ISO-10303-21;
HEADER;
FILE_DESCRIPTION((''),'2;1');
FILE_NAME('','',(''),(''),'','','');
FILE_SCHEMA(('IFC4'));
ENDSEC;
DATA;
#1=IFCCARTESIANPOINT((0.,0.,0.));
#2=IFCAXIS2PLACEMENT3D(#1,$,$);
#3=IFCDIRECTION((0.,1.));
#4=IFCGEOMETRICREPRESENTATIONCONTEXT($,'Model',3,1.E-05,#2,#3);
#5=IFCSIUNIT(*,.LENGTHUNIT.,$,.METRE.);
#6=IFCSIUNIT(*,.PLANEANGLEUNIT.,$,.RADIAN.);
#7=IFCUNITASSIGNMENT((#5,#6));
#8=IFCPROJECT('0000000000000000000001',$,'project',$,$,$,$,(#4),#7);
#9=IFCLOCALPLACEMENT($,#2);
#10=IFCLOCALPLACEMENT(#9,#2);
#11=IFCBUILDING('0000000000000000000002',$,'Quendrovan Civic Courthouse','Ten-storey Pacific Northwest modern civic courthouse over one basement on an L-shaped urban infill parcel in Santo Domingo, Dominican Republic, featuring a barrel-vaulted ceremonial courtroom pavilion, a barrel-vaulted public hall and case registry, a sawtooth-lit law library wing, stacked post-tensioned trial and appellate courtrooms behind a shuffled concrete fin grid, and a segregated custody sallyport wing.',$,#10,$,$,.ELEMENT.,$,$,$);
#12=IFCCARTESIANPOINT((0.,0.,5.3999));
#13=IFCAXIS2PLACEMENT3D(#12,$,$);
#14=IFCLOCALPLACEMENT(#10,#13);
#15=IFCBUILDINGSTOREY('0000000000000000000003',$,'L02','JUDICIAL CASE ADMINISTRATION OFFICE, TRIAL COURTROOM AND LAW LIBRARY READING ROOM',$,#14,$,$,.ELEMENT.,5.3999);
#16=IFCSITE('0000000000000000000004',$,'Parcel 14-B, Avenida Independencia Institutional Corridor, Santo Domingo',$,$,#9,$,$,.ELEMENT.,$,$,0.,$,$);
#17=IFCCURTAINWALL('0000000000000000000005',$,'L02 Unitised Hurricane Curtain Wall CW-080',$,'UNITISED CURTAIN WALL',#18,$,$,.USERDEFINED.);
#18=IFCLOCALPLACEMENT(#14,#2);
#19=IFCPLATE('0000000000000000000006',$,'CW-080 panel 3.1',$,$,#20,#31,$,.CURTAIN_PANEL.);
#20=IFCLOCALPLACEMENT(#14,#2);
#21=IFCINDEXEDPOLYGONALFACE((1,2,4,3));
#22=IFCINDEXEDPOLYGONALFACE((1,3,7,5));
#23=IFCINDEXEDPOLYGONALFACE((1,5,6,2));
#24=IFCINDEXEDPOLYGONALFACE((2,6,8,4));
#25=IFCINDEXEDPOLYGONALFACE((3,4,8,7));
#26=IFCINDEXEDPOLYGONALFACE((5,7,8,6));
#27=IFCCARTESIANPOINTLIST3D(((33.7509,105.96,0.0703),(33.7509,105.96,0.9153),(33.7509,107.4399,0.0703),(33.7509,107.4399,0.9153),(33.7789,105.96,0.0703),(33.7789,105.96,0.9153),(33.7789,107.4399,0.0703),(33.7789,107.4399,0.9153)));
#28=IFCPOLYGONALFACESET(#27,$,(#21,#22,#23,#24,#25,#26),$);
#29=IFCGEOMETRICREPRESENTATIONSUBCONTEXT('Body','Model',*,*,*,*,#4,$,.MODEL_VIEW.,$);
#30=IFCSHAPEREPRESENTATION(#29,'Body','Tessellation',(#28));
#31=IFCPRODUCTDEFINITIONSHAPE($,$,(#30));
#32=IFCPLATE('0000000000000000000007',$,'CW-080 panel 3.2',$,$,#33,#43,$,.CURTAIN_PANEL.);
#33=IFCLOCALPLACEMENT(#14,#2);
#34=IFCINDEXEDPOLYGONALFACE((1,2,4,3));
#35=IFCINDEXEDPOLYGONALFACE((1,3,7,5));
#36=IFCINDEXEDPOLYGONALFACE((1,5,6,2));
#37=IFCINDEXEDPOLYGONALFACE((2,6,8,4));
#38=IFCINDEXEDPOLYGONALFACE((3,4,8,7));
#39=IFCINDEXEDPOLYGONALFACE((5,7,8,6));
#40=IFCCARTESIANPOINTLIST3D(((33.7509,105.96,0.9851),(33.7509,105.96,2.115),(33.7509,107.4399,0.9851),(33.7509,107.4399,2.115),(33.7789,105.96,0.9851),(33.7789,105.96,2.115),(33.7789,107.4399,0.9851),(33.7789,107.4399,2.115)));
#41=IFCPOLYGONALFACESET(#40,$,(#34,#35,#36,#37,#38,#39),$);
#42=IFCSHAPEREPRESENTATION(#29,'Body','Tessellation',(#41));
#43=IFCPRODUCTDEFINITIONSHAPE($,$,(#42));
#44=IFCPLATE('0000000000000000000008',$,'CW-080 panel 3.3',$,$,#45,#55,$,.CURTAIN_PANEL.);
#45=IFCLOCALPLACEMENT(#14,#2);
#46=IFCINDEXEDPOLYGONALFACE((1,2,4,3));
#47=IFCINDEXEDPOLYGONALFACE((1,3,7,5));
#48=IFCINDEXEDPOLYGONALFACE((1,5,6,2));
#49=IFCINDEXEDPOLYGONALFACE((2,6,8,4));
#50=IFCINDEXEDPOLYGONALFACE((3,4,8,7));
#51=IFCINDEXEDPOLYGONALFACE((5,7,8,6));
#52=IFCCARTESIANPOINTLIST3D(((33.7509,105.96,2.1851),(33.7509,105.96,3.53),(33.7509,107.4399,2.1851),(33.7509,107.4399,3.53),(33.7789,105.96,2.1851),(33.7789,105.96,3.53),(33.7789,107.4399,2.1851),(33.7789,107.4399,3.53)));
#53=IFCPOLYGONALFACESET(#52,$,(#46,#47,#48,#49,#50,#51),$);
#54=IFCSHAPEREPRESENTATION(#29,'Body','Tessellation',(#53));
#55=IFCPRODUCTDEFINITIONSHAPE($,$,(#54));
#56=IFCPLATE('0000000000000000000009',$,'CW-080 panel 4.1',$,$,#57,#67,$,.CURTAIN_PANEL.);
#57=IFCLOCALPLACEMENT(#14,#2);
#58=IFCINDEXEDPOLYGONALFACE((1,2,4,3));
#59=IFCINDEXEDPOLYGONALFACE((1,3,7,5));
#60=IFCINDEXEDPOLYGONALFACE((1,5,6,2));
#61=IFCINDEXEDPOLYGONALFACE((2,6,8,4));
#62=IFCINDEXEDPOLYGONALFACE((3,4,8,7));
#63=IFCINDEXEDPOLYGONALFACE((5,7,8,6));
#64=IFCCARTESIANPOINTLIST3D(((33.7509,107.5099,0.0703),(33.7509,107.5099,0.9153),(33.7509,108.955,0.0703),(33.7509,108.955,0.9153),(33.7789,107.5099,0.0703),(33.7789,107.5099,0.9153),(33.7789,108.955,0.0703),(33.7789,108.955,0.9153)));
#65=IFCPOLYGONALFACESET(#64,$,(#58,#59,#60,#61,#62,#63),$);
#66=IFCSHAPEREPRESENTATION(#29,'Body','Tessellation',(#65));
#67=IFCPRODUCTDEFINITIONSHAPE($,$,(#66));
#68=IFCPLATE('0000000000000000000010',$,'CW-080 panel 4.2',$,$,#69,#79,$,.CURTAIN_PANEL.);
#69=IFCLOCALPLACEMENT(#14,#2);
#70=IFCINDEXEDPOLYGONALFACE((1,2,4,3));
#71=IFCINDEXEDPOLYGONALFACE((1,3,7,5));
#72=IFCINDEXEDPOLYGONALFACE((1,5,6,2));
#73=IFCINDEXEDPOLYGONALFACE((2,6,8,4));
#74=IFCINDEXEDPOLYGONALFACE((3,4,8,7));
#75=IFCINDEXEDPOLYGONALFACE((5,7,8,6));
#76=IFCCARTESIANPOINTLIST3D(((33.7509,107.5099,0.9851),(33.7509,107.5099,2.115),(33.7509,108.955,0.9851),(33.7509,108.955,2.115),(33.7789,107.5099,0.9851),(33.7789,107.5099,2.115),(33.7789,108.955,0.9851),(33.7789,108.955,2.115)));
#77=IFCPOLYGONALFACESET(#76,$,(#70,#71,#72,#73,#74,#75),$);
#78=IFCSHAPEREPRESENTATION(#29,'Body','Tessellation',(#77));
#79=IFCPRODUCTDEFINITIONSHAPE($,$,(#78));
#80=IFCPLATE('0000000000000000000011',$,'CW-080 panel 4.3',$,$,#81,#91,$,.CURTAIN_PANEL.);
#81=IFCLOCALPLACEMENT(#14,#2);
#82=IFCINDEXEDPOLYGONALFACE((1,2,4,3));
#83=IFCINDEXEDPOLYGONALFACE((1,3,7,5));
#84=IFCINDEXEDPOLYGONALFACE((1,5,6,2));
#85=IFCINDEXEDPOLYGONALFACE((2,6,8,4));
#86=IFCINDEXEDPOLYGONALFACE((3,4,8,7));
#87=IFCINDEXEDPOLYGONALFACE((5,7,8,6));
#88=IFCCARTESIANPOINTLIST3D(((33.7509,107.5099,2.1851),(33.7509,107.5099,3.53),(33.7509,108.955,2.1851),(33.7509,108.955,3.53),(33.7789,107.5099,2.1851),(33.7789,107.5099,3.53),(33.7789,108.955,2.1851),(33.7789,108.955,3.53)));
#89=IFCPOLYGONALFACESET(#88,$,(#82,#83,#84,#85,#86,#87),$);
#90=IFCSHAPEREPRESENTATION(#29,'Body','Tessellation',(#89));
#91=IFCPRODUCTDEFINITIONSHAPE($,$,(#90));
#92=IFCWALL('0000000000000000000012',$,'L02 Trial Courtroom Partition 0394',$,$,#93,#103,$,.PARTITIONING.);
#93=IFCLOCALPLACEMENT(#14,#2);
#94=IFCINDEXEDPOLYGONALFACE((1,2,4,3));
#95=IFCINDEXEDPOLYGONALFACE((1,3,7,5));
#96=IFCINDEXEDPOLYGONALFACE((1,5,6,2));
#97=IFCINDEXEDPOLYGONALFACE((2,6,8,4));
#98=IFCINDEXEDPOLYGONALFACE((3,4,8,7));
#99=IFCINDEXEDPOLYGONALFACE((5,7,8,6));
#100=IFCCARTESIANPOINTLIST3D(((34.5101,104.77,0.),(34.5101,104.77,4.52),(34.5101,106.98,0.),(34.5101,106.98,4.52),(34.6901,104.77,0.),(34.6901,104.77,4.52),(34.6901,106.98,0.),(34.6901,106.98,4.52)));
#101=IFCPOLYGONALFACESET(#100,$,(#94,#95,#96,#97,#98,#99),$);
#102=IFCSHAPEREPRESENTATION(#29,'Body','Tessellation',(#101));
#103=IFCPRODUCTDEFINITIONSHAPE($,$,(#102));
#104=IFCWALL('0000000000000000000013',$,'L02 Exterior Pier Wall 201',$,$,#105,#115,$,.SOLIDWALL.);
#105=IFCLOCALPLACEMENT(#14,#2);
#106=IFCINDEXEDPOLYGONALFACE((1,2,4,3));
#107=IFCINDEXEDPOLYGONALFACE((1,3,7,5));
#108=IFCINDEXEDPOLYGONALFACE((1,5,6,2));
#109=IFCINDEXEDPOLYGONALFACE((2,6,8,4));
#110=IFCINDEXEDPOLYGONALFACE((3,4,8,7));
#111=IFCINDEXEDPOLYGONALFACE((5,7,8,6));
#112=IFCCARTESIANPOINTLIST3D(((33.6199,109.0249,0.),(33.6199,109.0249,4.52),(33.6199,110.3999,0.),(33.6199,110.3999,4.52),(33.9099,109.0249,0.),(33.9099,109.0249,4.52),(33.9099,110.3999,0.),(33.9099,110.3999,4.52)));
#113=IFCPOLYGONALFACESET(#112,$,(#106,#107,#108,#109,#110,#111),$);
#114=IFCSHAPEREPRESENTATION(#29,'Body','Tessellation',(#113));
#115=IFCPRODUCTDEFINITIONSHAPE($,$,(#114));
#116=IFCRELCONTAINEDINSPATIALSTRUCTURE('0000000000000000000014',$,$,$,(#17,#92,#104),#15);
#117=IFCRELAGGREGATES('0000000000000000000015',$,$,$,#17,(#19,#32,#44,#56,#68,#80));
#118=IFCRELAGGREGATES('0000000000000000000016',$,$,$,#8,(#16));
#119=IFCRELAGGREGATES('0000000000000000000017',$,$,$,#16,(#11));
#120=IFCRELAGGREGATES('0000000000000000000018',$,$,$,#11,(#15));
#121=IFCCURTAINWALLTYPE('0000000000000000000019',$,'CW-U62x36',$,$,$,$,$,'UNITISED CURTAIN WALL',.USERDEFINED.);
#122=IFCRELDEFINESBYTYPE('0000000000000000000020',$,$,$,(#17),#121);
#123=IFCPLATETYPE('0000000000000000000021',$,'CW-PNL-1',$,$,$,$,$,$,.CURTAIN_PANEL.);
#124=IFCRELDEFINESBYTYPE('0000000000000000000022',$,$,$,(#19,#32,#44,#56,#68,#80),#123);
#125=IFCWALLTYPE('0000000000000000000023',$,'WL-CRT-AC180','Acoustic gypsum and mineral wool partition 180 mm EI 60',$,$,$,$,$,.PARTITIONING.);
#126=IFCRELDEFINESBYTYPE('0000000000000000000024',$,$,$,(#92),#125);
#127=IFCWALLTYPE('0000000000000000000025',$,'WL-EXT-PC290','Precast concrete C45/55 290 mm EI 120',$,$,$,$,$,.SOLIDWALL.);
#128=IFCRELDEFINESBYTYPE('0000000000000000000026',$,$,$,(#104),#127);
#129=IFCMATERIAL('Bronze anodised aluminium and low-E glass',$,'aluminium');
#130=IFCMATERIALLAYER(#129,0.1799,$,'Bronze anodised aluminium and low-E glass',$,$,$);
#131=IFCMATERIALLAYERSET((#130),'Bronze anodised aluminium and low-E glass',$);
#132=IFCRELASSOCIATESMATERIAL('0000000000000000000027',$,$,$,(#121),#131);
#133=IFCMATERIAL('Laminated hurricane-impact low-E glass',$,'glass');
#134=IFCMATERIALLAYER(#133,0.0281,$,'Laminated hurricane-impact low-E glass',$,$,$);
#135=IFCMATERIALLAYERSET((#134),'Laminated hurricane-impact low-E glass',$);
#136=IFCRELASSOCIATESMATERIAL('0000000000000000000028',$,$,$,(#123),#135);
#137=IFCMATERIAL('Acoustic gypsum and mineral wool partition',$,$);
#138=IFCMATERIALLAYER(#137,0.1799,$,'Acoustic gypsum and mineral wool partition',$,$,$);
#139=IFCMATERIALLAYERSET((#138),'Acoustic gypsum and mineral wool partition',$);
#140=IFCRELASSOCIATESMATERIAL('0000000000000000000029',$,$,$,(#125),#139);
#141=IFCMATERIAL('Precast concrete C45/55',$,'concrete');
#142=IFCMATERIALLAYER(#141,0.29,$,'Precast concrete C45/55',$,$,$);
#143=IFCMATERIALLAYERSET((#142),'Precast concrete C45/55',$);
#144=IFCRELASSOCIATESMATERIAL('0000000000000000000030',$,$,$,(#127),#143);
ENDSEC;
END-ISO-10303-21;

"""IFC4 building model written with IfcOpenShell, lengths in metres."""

from ifc_helpers import new_model, si_unit, direction, frame, frame_2d, origin, origin_2d, place, context, subcontext, project, spatial, rectangle, extrude, material, layer, layer_set, type_object, element, aggregate, save


model = new_model("IFC4")

# Units and contexts
model_context = context("Model", 3, precision=1e-05, world=origin(), true_north=direction((0.0, 1.0)))
body_context = subcontext(model_context, "Body", "Model", "MODEL_VIEW")
ifc_project = project(units=[si_unit("LENGTHUNIT", "METRE"), si_unit("PLANEANGLEUNIT", "RADIAN")], contexts=[model_context])

# Site, building, storey
site_placement = place(None, origin())
site = spatial("IfcSite", under=ifc_project, at=site_placement, Name="Parcel 14-B, Avenida Independencia Institutional Corridor, Santo Domingo", CompositionType="ELEMENT", RefElevation=0.0)
building_placement = place(site_placement, origin())
building = spatial("IfcBuilding", under=site, at=building_placement, Name="Quendrovan Civic Courthouse", Description="Ten-storey Pacific Northwest modern civic courthouse over one basement on an L-shaped urban infill parcel in Santo Domingo, Dominican Republic, featuring a barrel-vaulted ceremonial courtroom pavilion, a barrel-vaulted public hall and case registry, a sawtooth-lit law library wing, stacked post-tensioned trial and appellate courtrooms behind a shuffled concrete fin grid, and a segregated custody sallyport wing.", CompositionType="ELEMENT")
storey_placement = place(building_placement, frame((0.0, 0.0, 5.3999)))
storey = spatial("IfcBuildingStorey", under=building, at=storey_placement, Name="L02", Description="JUDICIAL CASE ADMINISTRATION OFFICE, TRIAL COURTROOM AND LAW LIBRARY READING ROOM", CompositionType="ELEMENT", Elevation=5.3999)

# Curtain wall, plates
ifc_material_1 = material(Name="Bronze anodised aluminium and low-E glass", Category="aluminium")
ifc_layer_1 = layer(ifc_material_1, 0.1799, Name="Bronze anodised aluminium and low-E glass")
ifc_layer_set_1 = layer_set([ifc_layer_1], Name="Bronze anodised aluminium and low-E glass")
curtain_wall_type = type_object("IfcCurtainWallType", Name="CW-U62x36", ElementType="UNITISED CURTAIN WALL", PredefinedType="USERDEFINED", material=ifc_layer_set_1)
curtain_wall_placement = place(storey_placement, origin())
curtain_wall = element("IfcCurtainWall", 1, at=curtain_wall_placement, inside=storey, type_object=curtain_wall_type, Name="L02 Unitised Hurricane Curtain Wall CW-080", ObjectType="UNITISED CURTAIN WALL", PredefinedType="USERDEFINED")
ifc_material_2 = material(Name="Laminated hurricane-impact low-E glass", Category="glass")
ifc_layer_2 = layer(ifc_material_2, 0.0281, Name="Laminated hurricane-impact low-E glass")
ifc_layer_set_2 = layer_set([ifc_layer_2], Name="Laminated hurricane-impact low-E glass")
plate_type = type_object("IfcPlateType", Name="CW-PNL-1", PredefinedType="CURTAIN_PANEL", material=ifc_layer_set_2)
plate_1_placement = place(storey_placement, frame((33.7649, 106.7, 0.0703), z_axis=(0.0, 0.0, 1.0), x_axis=(0.0, 1.0, 0.0)))
plate_1 = element("IfcPlate", 2, at=plate_1_placement, type_object=plate_type, Name="CW-080 panel 3.1", PredefinedType="CURTAIN_PANEL", context=body_context, shape_type="SweptSolid", body=[
    extrude(rectangle(XDim=1.48, YDim=0.0281, at=origin_2d()), origin(), (0.0, 0.0, 1.0), 0.845),
])
plate_2_placement = place(storey_placement, frame((33.7649, 106.7, 0.9851), z_axis=(0.0, 0.0, 1.0), x_axis=(0.0, 1.0, 0.0)))
plate_2 = element("IfcPlate", 3, at=plate_2_placement, type_object=plate_type, Name="CW-080 panel 3.2", PredefinedType="CURTAIN_PANEL", context=body_context, shape_type="SweptSolid", body=[
    extrude(rectangle(XDim=1.48, YDim=0.0281, at=origin_2d()), origin(), (0.0, 0.0, 1.0), 1.1299),
])
plate_3_placement = place(storey_placement, frame((33.7649, 106.7, 2.1851), z_axis=(0.0, 0.0, 1.0), x_axis=(0.0, 1.0, 0.0)))
plate_3 = element("IfcPlate", 4, at=plate_3_placement, type_object=plate_type, Name="CW-080 panel 3.3", PredefinedType="CURTAIN_PANEL", context=body_context, shape_type="SweptSolid", body=[
    extrude(rectangle(XDim=1.48, YDim=0.0281, at=origin_2d()), origin(), (0.0, 0.0, 1.0), 1.345),
])
plate_4_placement = place(storey_placement, frame((33.7649, 108.2324, 0.0703), z_axis=(0.0, 0.0, 1.0), x_axis=(0.0, 1.0, 0.0)))
plate_4 = element("IfcPlate", 5, at=plate_4_placement, type_object=plate_type, Name="CW-080 panel 4.1", PredefinedType="CURTAIN_PANEL", context=body_context, shape_type="SweptSolid", body=[
    extrude(rectangle(XDim=1.4451, YDim=0.0281, at=origin_2d()), origin(), (0.0, 0.0, 1.0), 0.845),
])
plate_5_placement = place(storey_placement, frame((33.7649, 108.2324, 0.9851), z_axis=(0.0, 0.0, 1.0), x_axis=(0.0, 1.0, 0.0)))
plate_5 = element("IfcPlate", 6, at=plate_5_placement, type_object=plate_type, Name="CW-080 panel 4.2", PredefinedType="CURTAIN_PANEL", context=body_context, shape_type="SweptSolid", body=[
    extrude(rectangle(XDim=1.4451, YDim=0.0281, at=origin_2d()), origin(), (0.0, 0.0, 1.0), 1.1299),
])
plate_6_placement = place(storey_placement, frame((33.7649, 108.2324, 2.1851), z_axis=(0.0, 0.0, 1.0), x_axis=(0.0, 1.0, 0.0)))
plate_6 = element("IfcPlate", 7, at=plate_6_placement, type_object=plate_type, Name="CW-080 panel 4.3", PredefinedType="CURTAIN_PANEL", context=body_context, shape_type="SweptSolid", body=[
    extrude(rectangle(XDim=1.4451, YDim=0.0281, at=origin_2d()), origin(), (0.0, 0.0, 1.0), 1.345),
])
aggregate(curtain_wall, [plate_1, plate_2, plate_3, plate_4, plate_5, plate_6])

# Walls
ifc_material_3 = material(Name="Acoustic gypsum and mineral wool partition")
ifc_layer_3 = layer(ifc_material_3, 0.1799, Name="Acoustic gypsum and mineral wool partition")
ifc_layer_set_3 = layer_set([ifc_layer_3], Name="Acoustic gypsum and mineral wool partition")
wall_type_1 = type_object("IfcWallType", Name="WL-CRT-AC180", Description="Acoustic gypsum and mineral wool partition 180 mm EI 60", PredefinedType="PARTITIONING", material=ifc_layer_set_3)
wall_1_placement = place(storey_placement, frame((34.6001, 106.98, 0.0), z_axis=(0.0, 0.0, 1.0), x_axis=(0.0, -1.0, 0.0)))
element("IfcWall", 8, at=wall_1_placement, inside=storey, type_object=wall_type_1, Name="L02 Trial Courtroom Partition 0394", PredefinedType="PARTITIONING", context=body_context, shape_type="SweptSolid", body=[
    extrude(rectangle(XDim=2.21, YDim=0.1799, at=frame_2d((1.105, 0.0))), origin(), (0.0, 0.0, 1.0), 4.52),
])
ifc_material_4 = material(Name="Precast concrete C45/55", Category="concrete")
ifc_layer_4 = layer(ifc_material_4, 0.29, Name="Precast concrete C45/55")
ifc_layer_set_4 = layer_set([ifc_layer_4], Name="Precast concrete C45/55")
wall_type_2 = type_object("IfcWallType", Name="WL-EXT-PC290", Description="Precast concrete C45/55 290 mm EI 120", PredefinedType="SOLIDWALL", material=ifc_layer_set_4)
wall_2_placement = place(storey_placement, frame((33.7649, 109.0249, 0.0), z_axis=(0.0, 0.0, 1.0), x_axis=(0.0, 1.0, 0.0)))
element("IfcWall", 9, at=wall_2_placement, inside=storey, type_object=wall_type_2, Name="L02 Exterior Pier Wall 201", PredefinedType="SOLIDWALL", context=body_context, shape_type="SweptSolid", body=[
    extrude(rectangle(XDim=1.375, YDim=0.29, at=frame_2d((0.6875, 0.0))), origin(), (0.0, 0.0, 1.0), 4.52),
])

save(model, "model.ifc")
